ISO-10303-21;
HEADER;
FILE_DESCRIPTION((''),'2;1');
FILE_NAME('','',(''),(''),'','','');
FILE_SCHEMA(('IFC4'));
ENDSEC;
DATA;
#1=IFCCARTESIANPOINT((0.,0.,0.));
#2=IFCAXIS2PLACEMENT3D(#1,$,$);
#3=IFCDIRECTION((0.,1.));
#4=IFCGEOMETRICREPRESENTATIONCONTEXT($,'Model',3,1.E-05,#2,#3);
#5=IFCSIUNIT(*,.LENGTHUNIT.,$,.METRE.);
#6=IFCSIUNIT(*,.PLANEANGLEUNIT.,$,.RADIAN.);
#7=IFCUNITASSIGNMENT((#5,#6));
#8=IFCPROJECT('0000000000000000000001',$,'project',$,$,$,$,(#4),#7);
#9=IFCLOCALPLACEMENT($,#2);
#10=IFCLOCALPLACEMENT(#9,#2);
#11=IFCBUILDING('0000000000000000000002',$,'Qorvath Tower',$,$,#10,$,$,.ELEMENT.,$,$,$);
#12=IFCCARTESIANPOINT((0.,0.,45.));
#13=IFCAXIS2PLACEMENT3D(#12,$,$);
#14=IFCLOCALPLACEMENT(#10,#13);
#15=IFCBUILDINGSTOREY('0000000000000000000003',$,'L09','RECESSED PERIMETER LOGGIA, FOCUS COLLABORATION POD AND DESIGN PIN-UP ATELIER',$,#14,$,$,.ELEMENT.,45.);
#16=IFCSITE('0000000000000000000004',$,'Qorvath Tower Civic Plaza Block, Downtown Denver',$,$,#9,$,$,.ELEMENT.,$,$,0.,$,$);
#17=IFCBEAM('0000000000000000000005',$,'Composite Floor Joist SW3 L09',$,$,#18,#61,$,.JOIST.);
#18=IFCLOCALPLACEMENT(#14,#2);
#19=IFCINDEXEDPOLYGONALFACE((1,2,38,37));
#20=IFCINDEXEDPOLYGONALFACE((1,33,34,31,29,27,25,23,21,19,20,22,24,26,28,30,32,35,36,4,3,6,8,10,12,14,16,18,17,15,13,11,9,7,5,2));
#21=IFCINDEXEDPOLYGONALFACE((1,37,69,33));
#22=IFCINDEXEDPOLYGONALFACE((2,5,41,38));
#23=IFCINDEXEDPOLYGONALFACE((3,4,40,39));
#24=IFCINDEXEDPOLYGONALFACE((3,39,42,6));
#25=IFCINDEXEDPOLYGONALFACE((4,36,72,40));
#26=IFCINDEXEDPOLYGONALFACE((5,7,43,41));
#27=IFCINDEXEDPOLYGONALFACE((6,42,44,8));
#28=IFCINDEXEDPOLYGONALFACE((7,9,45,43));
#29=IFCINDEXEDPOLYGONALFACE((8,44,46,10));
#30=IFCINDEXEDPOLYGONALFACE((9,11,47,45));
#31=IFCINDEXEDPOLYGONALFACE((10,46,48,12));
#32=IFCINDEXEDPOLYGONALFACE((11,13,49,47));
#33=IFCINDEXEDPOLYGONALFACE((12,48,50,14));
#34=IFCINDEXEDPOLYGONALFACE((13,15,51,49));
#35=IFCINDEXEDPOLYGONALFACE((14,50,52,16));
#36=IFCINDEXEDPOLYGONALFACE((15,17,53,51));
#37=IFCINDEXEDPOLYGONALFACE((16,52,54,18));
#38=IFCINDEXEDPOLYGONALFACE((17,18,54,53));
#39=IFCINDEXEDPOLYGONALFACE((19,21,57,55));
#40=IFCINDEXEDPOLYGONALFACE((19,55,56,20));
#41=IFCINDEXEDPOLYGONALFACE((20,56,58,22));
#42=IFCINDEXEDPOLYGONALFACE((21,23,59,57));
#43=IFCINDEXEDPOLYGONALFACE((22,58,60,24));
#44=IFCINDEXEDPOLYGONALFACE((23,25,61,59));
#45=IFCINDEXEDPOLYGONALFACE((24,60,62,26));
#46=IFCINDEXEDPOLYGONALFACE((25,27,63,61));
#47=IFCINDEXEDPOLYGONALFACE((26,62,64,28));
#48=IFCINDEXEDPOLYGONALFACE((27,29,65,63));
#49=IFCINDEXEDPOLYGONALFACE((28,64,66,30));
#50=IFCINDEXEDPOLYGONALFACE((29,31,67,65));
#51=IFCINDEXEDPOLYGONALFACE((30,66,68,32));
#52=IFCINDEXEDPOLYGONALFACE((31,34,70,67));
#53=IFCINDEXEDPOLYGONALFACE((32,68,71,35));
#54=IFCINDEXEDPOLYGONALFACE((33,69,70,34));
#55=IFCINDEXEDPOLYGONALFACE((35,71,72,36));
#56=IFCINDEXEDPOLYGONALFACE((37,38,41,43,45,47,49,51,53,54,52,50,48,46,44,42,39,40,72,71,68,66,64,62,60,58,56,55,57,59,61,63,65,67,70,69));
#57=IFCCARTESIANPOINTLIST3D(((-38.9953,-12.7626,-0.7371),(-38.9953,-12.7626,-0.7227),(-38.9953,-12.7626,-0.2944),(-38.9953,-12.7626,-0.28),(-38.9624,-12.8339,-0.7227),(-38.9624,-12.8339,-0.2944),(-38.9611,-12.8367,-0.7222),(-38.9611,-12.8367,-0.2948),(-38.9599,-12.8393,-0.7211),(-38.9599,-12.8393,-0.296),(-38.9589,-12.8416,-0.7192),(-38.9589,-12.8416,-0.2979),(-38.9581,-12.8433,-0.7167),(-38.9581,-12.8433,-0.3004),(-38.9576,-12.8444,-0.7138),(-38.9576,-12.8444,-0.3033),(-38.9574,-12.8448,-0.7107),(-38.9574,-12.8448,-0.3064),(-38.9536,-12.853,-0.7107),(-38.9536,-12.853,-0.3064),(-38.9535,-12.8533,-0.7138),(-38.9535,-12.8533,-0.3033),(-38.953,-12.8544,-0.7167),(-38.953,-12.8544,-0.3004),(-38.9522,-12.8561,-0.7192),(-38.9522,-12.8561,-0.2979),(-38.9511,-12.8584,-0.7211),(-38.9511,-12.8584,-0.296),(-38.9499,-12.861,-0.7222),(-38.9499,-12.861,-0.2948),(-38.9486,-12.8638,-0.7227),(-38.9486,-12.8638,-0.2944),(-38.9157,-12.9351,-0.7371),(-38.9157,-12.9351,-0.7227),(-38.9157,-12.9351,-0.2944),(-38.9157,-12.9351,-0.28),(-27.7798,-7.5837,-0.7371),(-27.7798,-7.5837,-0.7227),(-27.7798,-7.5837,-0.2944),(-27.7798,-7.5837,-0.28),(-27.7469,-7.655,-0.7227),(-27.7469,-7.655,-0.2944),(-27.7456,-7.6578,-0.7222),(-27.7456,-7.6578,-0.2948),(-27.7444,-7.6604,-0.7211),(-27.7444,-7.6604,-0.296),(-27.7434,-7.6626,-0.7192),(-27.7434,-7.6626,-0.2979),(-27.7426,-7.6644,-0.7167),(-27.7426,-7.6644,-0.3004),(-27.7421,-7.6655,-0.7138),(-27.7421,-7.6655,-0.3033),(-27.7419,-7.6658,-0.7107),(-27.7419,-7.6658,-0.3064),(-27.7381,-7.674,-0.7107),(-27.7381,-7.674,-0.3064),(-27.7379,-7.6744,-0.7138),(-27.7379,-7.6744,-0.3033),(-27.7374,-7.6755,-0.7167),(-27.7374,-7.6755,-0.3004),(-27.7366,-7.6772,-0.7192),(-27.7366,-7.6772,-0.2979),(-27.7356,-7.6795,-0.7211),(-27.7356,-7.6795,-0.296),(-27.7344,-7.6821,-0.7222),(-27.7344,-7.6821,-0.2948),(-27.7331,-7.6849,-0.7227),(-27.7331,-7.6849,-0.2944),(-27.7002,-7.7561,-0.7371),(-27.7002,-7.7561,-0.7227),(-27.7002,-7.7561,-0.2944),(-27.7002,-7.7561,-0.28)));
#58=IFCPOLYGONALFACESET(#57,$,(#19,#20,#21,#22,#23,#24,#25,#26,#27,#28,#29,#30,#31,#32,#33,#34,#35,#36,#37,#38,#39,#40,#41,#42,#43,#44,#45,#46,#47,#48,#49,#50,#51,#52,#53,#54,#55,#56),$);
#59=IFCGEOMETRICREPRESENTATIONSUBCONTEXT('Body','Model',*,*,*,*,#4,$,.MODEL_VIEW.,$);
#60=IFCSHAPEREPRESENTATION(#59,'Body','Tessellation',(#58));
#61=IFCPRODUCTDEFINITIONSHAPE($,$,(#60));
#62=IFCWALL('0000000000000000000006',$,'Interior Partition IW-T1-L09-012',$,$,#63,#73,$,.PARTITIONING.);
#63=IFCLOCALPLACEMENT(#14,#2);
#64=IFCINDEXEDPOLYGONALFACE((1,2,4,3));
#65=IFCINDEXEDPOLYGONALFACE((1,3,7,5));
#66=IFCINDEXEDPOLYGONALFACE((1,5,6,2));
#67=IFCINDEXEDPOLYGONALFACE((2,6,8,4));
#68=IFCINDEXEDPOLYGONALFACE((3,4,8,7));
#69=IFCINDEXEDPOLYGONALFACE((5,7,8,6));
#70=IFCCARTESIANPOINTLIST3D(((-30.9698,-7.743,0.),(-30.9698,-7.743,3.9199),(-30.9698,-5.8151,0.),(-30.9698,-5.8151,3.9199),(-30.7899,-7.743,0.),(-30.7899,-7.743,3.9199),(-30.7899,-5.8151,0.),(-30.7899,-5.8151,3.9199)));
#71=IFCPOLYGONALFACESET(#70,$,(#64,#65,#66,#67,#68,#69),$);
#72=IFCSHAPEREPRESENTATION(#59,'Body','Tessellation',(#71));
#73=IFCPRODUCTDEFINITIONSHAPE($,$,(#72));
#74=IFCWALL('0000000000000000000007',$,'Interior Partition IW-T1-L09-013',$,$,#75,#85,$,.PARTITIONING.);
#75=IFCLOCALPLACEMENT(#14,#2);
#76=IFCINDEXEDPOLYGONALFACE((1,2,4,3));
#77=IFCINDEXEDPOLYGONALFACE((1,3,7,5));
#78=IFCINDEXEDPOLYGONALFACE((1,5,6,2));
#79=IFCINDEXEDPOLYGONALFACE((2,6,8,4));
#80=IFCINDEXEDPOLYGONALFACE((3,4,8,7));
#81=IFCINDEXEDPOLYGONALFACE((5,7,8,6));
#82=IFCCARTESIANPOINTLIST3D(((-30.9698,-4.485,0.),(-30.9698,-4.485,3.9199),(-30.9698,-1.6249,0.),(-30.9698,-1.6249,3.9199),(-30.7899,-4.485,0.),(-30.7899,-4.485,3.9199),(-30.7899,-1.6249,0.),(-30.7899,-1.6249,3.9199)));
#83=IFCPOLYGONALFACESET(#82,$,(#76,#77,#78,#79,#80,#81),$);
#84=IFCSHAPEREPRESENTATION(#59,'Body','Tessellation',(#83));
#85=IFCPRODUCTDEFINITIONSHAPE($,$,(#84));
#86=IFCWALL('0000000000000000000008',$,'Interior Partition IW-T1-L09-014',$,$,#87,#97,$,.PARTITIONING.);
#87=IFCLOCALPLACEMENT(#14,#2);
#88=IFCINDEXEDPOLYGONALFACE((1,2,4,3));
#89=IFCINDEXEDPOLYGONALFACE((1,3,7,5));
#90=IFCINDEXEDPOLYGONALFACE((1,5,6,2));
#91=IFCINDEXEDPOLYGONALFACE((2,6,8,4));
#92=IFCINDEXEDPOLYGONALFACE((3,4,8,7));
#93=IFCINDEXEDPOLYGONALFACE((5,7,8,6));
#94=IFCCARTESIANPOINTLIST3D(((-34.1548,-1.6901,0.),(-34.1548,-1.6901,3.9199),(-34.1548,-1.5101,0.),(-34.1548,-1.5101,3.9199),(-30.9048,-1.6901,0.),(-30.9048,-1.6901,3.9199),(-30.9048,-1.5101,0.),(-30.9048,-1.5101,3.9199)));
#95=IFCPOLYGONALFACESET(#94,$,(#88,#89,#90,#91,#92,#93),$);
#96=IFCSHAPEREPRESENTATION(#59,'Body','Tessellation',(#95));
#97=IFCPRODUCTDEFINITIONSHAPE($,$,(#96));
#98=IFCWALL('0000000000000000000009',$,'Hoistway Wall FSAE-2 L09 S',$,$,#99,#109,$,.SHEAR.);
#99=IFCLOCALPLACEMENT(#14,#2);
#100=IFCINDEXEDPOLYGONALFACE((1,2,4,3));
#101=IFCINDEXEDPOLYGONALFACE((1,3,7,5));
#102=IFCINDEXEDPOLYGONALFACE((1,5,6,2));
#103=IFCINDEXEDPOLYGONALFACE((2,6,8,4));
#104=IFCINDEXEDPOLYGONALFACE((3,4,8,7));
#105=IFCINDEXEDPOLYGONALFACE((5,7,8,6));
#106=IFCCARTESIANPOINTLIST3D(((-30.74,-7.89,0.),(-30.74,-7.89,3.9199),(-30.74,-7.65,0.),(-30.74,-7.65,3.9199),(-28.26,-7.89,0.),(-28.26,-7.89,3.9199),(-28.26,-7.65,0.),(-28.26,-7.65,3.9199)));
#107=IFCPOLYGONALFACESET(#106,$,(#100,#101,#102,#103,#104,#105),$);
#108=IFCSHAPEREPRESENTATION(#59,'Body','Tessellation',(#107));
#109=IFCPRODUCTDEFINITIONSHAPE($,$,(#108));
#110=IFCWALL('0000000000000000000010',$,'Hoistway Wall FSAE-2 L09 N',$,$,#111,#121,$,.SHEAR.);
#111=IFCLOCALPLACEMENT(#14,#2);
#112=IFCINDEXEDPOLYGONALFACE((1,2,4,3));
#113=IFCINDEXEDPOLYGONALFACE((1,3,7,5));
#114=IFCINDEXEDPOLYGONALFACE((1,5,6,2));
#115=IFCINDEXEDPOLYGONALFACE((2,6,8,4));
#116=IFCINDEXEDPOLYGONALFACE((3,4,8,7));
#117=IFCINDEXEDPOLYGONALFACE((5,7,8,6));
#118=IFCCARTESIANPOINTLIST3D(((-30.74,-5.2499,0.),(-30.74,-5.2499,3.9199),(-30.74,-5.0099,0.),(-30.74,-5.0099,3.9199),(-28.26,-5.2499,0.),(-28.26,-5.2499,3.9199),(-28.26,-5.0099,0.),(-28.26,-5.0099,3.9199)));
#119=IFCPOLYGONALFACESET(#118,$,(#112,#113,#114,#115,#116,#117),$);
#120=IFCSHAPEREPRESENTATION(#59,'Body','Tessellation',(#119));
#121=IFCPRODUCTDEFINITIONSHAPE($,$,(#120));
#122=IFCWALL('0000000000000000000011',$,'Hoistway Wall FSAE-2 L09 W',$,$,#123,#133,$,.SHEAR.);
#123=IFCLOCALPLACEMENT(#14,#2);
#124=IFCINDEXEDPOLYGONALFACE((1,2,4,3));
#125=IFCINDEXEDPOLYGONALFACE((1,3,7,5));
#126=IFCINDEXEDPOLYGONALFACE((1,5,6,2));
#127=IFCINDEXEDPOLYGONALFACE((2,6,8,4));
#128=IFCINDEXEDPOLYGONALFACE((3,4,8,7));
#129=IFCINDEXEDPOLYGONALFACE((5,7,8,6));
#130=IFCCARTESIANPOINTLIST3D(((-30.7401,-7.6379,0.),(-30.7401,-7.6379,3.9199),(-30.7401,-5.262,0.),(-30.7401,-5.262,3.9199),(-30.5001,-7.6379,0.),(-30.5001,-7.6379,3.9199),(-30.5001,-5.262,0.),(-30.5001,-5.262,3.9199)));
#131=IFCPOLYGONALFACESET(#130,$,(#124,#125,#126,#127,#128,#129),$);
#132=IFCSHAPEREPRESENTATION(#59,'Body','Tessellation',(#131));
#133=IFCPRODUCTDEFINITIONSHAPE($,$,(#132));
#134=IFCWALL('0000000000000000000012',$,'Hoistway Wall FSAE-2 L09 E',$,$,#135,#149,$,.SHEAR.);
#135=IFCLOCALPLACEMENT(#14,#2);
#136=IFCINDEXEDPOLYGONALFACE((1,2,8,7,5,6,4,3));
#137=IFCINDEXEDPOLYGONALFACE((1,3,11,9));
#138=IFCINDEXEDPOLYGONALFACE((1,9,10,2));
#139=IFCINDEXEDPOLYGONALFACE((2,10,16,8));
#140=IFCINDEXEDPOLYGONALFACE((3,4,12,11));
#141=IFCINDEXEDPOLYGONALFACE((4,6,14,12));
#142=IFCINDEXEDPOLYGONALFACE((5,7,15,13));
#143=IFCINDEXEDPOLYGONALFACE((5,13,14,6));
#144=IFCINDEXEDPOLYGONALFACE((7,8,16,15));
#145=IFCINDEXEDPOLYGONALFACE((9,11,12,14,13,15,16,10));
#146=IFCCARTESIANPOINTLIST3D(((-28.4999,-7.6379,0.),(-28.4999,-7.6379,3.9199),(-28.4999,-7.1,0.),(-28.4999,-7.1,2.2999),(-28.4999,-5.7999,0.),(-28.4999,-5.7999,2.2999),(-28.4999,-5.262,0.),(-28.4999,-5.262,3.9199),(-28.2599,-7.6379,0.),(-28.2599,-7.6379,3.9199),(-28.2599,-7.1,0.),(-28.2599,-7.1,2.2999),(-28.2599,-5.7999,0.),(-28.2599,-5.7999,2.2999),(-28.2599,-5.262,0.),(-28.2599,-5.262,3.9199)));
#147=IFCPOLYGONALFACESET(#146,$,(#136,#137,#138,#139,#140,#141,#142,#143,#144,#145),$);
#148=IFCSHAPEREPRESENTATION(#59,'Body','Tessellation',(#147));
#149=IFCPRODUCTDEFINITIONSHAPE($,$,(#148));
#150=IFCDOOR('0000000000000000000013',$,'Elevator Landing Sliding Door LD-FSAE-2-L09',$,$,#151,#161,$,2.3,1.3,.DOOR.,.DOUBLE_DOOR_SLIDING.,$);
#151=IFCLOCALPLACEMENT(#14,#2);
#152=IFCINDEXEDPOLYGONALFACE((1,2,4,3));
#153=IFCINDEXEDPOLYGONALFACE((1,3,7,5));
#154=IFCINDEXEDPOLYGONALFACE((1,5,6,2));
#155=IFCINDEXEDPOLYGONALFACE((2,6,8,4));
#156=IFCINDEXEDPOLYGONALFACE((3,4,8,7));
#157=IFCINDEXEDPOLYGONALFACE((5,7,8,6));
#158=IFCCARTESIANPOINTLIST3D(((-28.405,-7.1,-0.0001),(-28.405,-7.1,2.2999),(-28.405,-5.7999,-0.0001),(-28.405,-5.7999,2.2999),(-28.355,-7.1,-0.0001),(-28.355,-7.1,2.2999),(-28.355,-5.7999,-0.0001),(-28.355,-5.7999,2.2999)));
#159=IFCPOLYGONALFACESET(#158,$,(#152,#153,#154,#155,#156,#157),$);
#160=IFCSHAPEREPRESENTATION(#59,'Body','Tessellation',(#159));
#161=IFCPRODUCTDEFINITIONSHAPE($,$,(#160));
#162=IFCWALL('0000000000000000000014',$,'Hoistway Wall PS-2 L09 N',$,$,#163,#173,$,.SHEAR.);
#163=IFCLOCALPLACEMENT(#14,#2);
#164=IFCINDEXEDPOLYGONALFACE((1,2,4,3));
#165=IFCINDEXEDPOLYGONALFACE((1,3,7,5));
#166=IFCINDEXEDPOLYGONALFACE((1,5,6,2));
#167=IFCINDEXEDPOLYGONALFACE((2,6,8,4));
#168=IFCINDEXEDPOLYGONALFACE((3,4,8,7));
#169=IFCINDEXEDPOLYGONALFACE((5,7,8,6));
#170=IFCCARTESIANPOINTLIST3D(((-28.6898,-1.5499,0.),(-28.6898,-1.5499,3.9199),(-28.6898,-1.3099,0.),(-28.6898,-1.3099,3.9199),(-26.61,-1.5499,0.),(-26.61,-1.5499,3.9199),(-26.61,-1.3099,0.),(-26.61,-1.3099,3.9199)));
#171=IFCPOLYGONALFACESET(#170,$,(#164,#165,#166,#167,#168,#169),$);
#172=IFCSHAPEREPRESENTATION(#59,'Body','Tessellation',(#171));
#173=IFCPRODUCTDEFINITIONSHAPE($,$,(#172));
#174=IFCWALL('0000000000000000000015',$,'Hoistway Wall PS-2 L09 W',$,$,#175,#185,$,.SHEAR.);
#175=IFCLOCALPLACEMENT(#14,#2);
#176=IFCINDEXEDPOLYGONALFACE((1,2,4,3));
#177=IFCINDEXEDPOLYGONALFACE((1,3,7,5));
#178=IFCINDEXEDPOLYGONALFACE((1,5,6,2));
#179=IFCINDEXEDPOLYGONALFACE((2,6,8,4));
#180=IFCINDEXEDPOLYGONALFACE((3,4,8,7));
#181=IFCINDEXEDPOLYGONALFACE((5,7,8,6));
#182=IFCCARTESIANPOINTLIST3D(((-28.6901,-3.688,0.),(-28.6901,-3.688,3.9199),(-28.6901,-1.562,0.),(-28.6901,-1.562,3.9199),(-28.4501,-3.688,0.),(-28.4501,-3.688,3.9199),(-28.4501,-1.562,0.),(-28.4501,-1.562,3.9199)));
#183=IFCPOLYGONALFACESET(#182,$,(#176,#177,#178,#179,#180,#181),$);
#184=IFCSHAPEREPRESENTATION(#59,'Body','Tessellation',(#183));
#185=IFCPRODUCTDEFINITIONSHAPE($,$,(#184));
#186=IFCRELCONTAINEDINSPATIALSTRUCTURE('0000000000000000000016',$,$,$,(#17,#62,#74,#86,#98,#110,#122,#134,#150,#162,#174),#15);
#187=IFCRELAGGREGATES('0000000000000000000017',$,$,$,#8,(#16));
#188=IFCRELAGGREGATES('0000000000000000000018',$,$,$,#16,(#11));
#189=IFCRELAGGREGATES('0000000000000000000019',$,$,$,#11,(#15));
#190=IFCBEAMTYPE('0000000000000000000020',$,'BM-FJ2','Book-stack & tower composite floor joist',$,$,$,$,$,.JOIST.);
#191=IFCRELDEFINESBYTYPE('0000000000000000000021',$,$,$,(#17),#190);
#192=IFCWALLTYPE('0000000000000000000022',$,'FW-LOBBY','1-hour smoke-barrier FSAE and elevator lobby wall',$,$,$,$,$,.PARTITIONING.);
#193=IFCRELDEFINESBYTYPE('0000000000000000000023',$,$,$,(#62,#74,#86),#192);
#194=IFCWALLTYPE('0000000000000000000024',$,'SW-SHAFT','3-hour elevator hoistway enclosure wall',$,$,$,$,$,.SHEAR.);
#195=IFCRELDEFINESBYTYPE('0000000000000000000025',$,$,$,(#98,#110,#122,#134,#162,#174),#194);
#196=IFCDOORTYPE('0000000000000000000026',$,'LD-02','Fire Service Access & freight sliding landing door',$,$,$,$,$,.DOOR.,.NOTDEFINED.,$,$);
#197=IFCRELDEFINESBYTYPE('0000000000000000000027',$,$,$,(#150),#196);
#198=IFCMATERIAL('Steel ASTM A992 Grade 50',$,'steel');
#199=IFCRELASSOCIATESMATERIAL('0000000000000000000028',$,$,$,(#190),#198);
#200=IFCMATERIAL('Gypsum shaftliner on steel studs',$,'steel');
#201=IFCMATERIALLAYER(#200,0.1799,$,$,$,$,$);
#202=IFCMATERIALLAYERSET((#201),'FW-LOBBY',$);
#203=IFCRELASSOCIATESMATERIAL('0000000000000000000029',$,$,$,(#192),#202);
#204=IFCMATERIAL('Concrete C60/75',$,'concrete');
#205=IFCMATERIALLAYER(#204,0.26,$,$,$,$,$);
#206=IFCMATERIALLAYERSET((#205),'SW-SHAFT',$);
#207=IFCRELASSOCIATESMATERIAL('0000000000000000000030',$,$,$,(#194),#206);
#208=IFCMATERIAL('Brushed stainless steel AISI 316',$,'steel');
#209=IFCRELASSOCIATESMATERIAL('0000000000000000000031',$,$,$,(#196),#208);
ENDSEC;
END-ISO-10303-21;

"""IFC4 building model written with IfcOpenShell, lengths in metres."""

from ifc_helpers import new_model, si_unit, direction, frame, frame_2d, origin, origin_2d, place, context, subcontext, project, spatial, rectangle, i_section, extrude, material, layer, layer_set, material_profile, profile_set, type_object, element, fill, save


model = new_model("IFC4")

# Units and contexts
model_context = context("Model", 3, precision=1e-05, world=origin(), true_north=direction((0.0, 1.0)))
body_context = subcontext(model_context, "Body", "Model", "MODEL_VIEW")
ifc_project = project(units=[si_unit("LENGTHUNIT", "METRE"), si_unit("PLANEANGLEUNIT", "RADIAN")], contexts=[model_context])

# Site, building, storey
site_placement = place(None, origin())
site = spatial("IfcSite", under=ifc_project, at=site_placement, Name="Qorvath Tower Civic Plaza Block, Downtown Denver", CompositionType="ELEMENT", RefElevation=0.0)
building_placement = place(site_placement, origin())
building = spatial("IfcBuilding", under=site, at=building_placement, Name="Qorvath Tower", CompositionType="ELEMENT")
storey_placement = place(building_placement, frame((0.0, 0.0, 45.0)))
storey = spatial("IfcBuildingStorey", under=building, at=storey_placement, Name="L09", Description="RECESSED PERIMETER LOGGIA, FOCUS COLLABORATION POD AND DESIGN PIN-UP ATELIER", CompositionType="ELEMENT", Elevation=45.0)

# Beam
ifc_material_1 = material(Name="Steel ASTM A992 Grade 50", Category="steel")
ifc_material_profile_1 = material_profile(ifc_material_1, i_section(OverallWidth=0.1899, OverallDepth=0.457, WebThickness=0.009, FlangeThickness=0.0144, FilletRadius=0.012, at=origin_2d()), Name="W18x50")
ifc_profile_set_1 = profile_set([ifc_material_profile_1], Name="Steel ASTM A992 Grade 50")
beam_type_1 = type_object("IfcBeamType", Name="BM-FJ2", Description="Book-stack & tower composite floor joist", PredefinedType="JOIST", material=ifc_profile_set_1)
beam_1_placement = place(storey_placement, frame((-27.74, -7.6699, -0.5085), z_axis=(-0.907881, -0.419227, 0.0), x_axis=(0.419227, -0.907881, 0.0)))
element("IfcBeam", 1, at=beam_1_placement, inside=storey, type_object=beam_type_1, Name="Composite Floor Joist SW3 L09", PredefinedType="JOIST", context=body_context, shape_type="SweptSolid", body=[
    extrude(i_section(OverallWidth=0.1899, OverallDepth=0.457, WebThickness=0.009, FlangeThickness=0.0144, FilletRadius=0.012, at=origin_2d()), origin(), (0.0, 0.0, 1.0), 12.3535),
])

# Shared definitions
ifc_material_2 = material(Name="Gypsum shaftliner on steel studs", Category="steel")
ifc_layer_1 = layer(ifc_material_2, 0.1799)
ifc_layer_set_1 = layer_set([ifc_layer_1], Name="FW-LOBBY")
wall_type_1 = type_object("IfcWallType", Name="FW-LOBBY", Description="1-hour smoke-barrier FSAE and elevator lobby wall", PredefinedType="PARTITIONING", material=ifc_layer_set_1)

# Walls
wall_1_placement = place(storey_placement, frame((-30.8799, -7.7429, 0.0), z_axis=(0.0, 0.0, 1.0), x_axis=(0.0, 1.0, 0.0)))
element("IfcWall", 2, at=wall_1_placement, inside=storey, type_object=wall_type_1, Name="Interior Partition IW-T1-L09-012", PredefinedType="PARTITIONING", context=body_context, shape_type="SweptSolid", body=[
    extrude(rectangle(XDim=1.928, YDim=0.1799, at=frame_2d((0.9639, 0.0))), origin(), (0.0, 0.0, 1.0), 3.9199),
])
wall_2_placement = place(storey_placement, frame((-30.8799, -4.4851, 0.0), z_axis=(0.0, 0.0, 1.0), x_axis=(0.0, 1.0, 0.0)))
element("IfcWall", 3, at=wall_2_placement, inside=storey, type_object=wall_type_1, Name="Interior Partition IW-T1-L09-013", PredefinedType="PARTITIONING", context=body_context, shape_type="SweptSolid", body=[
    extrude(rectangle(XDim=2.8601, YDim=0.1799, at=frame_2d((1.4302, 0.0))), origin(), (0.0, 0.0, 1.0), 3.9199),
])
wall_3_placement = place(storey_placement, frame((-30.9048, -1.6001, 0.0), z_axis=(0.0, 0.0, 1.0), x_axis=(-1.0, 0.0, 0.0)))
element("IfcWall", 4, at=wall_3_placement, inside=storey, type_object=wall_type_1, Name="Interior Partition IW-T1-L09-014", PredefinedType="PARTITIONING", context=body_context, shape_type="SweptSolid", body=[
    extrude(rectangle(XDim=3.25, YDim=0.1799, at=frame_2d((1.625, 0.0))), origin(), (0.0, 0.0, 1.0), 3.9199),
])
ifc_material_3 = material(Name="Concrete C60/75", Category="concrete")
ifc_layer_2 = layer(ifc_material_3, 0.26)
ifc_layer_set_2 = layer_set([ifc_layer_2], Name="SW-SHAFT")
wall_type_2 = type_object("IfcWallType", Name="SW-SHAFT", Description="3-hour elevator hoistway enclosure wall", PredefinedType="SHEAR", material=ifc_layer_set_2)
for number, where, z_axis, x_axis, name in (
    (5, (-28.26, -7.77, 0.0), (0.0, 0.0, 1.0), (-1.0, 0.0, 0.0), "Hoistway Wall FSAE-2 L09 S"),
    (6, (-30.74, -5.1299, 0.0), (0.0, 0.0, 1.0), (1.0, 0.0, 0.0), "Hoistway Wall FSAE-2 L09 N"),
):
    element("IfcWall", number, at=place(storey_placement, frame(where, z_axis=z_axis, x_axis=x_axis)), inside=storey, type_object=wall_type_2, Name=name, PredefinedType="SHEAR", context=body_context, shape_type="SweptSolid", body=[
        extrude(rectangle(XDim=2.48, YDim=0.24, at=frame_2d((1.24, 0.0))), origin(), (0.0, 0.0, 1.0), 3.9199),
    ])
wall_4_placement = place(storey_placement, frame((-30.6201, -7.6379, 0.0), z_axis=(0.0, 0.0, 1.0), x_axis=(0.0, 1.0, 0.0)))
element("IfcWall", 7, at=wall_4_placement, inside=storey, type_object=wall_type_2, Name="Hoistway Wall FSAE-2 L09 W", PredefinedType="SHEAR", context=body_context, shape_type="SweptSolid", body=[
    extrude(rectangle(XDim=2.376, YDim=0.24, at=frame_2d((1.188, 0.0))), origin(), (0.0, 0.0, 1.0), 3.9199),
])

# Wall, opening, door
wall_5_placement = place(storey_placement, frame((-28.3799, -5.262, 0.0), z_axis=(0.0, 0.0, 1.0), x_axis=(0.0, -1.0, 0.0)))
wall_5 = element("IfcWall", 8, at=wall_5_placement, inside=storey, type_object=wall_type_2, Name="Hoistway Wall FSAE-2 L09 E", PredefinedType="SHEAR", context=body_context, shape_type="SweptSolid", body=[
    extrude(rectangle(XDim=2.376, YDim=0.24, at=frame_2d((1.188, 0.0))), origin(), (0.0, 0.0, 1.0), 3.9199),
])
opening_1_placement = place(wall_5_placement, frame((0.5381, 0.0, 0.0)))
opening_1 = element("IfcOpeningElement", 9, at=opening_1_placement, cuts=wall_5, PredefinedType="OPENING", context=body_context, shape_type="SweptSolid", body=[
    extrude(rectangle(XDim=1.3, YDim=2.3, at=frame_2d((0.6499, 1.1499))), frame((0.0, 0.1299, 0.0), z_axis=(0.0, -1.0, 0.0), x_axis=(1.0, 0.0, 0.0)), (0.0, 0.0, 1.0), 0.26),
])
ifc_material_4 = material(Name="Brushed stainless steel AISI 316", Category="steel")
door_type_1 = type_object("IfcDoorType", Name="LD-02", Description="Fire Service Access & freight sliding landing door", OperationType="NOTDEFINED", PredefinedType="DOOR", material=ifc_material_4)
door_1_placement = place(opening_1_placement, origin())
door_1 = element("IfcDoor", 10, at=door_1_placement, inside=storey, type_object=door_type_1, Name="Elevator Landing Sliding Door LD-FSAE-2-L09", OperationType="DOUBLE_DOOR_SLIDING", OverallHeight=2.3, OverallWidth=1.3, PredefinedType="DOOR", context=body_context, shape_type="SweptSolid", body=[
    extrude(rectangle(XDim=1.3, YDim=2.3, at=frame_2d((0.6499, 1.1499))), frame((0.0, 0.0249, 0.0), z_axis=(0.0, -1.0, 0.0), x_axis=(1.0, 0.0, 0.0)), (0.0, 0.0, 1.0), 0.05),
])
fill(opening_1, door_1)

# Walls
wall_6_placement = place(storey_placement, frame((-28.6899, -1.4299, 0.0), z_axis=(0.0, 0.0, 1.0), x_axis=(1.0, 0.0, 0.0)))
element("IfcWall", 11, at=wall_6_placement, inside=storey, type_object=wall_type_2, Name="Hoistway Wall PS-2 L09 N", PredefinedType="SHEAR", context=body_context, shape_type="SweptSolid", body=[
    extrude(rectangle(XDim=2.0798, YDim=0.24, at=frame_2d((1.04, 0.0))), origin(), (0.0, 0.0, 1.0), 3.9199),
])
wall_7_placement = place(storey_placement, frame((-28.5701, -3.688, 0.0), z_axis=(0.0, 0.0, 1.0), x_axis=(0.0, 1.0, 0.0)))
element("IfcWall", 12, at=wall_7_placement, inside=storey, type_object=wall_type_2, Name="Hoistway Wall PS-2 L09 W", PredefinedType="SHEAR", context=body_context, shape_type="SweptSolid", body=[
    extrude(rectangle(XDim=2.126, YDim=0.24, at=frame_2d((1.063, 0.0))), origin(), (0.0, 0.0, 1.0), 3.9199),
])

save(model, "model.ifc")
